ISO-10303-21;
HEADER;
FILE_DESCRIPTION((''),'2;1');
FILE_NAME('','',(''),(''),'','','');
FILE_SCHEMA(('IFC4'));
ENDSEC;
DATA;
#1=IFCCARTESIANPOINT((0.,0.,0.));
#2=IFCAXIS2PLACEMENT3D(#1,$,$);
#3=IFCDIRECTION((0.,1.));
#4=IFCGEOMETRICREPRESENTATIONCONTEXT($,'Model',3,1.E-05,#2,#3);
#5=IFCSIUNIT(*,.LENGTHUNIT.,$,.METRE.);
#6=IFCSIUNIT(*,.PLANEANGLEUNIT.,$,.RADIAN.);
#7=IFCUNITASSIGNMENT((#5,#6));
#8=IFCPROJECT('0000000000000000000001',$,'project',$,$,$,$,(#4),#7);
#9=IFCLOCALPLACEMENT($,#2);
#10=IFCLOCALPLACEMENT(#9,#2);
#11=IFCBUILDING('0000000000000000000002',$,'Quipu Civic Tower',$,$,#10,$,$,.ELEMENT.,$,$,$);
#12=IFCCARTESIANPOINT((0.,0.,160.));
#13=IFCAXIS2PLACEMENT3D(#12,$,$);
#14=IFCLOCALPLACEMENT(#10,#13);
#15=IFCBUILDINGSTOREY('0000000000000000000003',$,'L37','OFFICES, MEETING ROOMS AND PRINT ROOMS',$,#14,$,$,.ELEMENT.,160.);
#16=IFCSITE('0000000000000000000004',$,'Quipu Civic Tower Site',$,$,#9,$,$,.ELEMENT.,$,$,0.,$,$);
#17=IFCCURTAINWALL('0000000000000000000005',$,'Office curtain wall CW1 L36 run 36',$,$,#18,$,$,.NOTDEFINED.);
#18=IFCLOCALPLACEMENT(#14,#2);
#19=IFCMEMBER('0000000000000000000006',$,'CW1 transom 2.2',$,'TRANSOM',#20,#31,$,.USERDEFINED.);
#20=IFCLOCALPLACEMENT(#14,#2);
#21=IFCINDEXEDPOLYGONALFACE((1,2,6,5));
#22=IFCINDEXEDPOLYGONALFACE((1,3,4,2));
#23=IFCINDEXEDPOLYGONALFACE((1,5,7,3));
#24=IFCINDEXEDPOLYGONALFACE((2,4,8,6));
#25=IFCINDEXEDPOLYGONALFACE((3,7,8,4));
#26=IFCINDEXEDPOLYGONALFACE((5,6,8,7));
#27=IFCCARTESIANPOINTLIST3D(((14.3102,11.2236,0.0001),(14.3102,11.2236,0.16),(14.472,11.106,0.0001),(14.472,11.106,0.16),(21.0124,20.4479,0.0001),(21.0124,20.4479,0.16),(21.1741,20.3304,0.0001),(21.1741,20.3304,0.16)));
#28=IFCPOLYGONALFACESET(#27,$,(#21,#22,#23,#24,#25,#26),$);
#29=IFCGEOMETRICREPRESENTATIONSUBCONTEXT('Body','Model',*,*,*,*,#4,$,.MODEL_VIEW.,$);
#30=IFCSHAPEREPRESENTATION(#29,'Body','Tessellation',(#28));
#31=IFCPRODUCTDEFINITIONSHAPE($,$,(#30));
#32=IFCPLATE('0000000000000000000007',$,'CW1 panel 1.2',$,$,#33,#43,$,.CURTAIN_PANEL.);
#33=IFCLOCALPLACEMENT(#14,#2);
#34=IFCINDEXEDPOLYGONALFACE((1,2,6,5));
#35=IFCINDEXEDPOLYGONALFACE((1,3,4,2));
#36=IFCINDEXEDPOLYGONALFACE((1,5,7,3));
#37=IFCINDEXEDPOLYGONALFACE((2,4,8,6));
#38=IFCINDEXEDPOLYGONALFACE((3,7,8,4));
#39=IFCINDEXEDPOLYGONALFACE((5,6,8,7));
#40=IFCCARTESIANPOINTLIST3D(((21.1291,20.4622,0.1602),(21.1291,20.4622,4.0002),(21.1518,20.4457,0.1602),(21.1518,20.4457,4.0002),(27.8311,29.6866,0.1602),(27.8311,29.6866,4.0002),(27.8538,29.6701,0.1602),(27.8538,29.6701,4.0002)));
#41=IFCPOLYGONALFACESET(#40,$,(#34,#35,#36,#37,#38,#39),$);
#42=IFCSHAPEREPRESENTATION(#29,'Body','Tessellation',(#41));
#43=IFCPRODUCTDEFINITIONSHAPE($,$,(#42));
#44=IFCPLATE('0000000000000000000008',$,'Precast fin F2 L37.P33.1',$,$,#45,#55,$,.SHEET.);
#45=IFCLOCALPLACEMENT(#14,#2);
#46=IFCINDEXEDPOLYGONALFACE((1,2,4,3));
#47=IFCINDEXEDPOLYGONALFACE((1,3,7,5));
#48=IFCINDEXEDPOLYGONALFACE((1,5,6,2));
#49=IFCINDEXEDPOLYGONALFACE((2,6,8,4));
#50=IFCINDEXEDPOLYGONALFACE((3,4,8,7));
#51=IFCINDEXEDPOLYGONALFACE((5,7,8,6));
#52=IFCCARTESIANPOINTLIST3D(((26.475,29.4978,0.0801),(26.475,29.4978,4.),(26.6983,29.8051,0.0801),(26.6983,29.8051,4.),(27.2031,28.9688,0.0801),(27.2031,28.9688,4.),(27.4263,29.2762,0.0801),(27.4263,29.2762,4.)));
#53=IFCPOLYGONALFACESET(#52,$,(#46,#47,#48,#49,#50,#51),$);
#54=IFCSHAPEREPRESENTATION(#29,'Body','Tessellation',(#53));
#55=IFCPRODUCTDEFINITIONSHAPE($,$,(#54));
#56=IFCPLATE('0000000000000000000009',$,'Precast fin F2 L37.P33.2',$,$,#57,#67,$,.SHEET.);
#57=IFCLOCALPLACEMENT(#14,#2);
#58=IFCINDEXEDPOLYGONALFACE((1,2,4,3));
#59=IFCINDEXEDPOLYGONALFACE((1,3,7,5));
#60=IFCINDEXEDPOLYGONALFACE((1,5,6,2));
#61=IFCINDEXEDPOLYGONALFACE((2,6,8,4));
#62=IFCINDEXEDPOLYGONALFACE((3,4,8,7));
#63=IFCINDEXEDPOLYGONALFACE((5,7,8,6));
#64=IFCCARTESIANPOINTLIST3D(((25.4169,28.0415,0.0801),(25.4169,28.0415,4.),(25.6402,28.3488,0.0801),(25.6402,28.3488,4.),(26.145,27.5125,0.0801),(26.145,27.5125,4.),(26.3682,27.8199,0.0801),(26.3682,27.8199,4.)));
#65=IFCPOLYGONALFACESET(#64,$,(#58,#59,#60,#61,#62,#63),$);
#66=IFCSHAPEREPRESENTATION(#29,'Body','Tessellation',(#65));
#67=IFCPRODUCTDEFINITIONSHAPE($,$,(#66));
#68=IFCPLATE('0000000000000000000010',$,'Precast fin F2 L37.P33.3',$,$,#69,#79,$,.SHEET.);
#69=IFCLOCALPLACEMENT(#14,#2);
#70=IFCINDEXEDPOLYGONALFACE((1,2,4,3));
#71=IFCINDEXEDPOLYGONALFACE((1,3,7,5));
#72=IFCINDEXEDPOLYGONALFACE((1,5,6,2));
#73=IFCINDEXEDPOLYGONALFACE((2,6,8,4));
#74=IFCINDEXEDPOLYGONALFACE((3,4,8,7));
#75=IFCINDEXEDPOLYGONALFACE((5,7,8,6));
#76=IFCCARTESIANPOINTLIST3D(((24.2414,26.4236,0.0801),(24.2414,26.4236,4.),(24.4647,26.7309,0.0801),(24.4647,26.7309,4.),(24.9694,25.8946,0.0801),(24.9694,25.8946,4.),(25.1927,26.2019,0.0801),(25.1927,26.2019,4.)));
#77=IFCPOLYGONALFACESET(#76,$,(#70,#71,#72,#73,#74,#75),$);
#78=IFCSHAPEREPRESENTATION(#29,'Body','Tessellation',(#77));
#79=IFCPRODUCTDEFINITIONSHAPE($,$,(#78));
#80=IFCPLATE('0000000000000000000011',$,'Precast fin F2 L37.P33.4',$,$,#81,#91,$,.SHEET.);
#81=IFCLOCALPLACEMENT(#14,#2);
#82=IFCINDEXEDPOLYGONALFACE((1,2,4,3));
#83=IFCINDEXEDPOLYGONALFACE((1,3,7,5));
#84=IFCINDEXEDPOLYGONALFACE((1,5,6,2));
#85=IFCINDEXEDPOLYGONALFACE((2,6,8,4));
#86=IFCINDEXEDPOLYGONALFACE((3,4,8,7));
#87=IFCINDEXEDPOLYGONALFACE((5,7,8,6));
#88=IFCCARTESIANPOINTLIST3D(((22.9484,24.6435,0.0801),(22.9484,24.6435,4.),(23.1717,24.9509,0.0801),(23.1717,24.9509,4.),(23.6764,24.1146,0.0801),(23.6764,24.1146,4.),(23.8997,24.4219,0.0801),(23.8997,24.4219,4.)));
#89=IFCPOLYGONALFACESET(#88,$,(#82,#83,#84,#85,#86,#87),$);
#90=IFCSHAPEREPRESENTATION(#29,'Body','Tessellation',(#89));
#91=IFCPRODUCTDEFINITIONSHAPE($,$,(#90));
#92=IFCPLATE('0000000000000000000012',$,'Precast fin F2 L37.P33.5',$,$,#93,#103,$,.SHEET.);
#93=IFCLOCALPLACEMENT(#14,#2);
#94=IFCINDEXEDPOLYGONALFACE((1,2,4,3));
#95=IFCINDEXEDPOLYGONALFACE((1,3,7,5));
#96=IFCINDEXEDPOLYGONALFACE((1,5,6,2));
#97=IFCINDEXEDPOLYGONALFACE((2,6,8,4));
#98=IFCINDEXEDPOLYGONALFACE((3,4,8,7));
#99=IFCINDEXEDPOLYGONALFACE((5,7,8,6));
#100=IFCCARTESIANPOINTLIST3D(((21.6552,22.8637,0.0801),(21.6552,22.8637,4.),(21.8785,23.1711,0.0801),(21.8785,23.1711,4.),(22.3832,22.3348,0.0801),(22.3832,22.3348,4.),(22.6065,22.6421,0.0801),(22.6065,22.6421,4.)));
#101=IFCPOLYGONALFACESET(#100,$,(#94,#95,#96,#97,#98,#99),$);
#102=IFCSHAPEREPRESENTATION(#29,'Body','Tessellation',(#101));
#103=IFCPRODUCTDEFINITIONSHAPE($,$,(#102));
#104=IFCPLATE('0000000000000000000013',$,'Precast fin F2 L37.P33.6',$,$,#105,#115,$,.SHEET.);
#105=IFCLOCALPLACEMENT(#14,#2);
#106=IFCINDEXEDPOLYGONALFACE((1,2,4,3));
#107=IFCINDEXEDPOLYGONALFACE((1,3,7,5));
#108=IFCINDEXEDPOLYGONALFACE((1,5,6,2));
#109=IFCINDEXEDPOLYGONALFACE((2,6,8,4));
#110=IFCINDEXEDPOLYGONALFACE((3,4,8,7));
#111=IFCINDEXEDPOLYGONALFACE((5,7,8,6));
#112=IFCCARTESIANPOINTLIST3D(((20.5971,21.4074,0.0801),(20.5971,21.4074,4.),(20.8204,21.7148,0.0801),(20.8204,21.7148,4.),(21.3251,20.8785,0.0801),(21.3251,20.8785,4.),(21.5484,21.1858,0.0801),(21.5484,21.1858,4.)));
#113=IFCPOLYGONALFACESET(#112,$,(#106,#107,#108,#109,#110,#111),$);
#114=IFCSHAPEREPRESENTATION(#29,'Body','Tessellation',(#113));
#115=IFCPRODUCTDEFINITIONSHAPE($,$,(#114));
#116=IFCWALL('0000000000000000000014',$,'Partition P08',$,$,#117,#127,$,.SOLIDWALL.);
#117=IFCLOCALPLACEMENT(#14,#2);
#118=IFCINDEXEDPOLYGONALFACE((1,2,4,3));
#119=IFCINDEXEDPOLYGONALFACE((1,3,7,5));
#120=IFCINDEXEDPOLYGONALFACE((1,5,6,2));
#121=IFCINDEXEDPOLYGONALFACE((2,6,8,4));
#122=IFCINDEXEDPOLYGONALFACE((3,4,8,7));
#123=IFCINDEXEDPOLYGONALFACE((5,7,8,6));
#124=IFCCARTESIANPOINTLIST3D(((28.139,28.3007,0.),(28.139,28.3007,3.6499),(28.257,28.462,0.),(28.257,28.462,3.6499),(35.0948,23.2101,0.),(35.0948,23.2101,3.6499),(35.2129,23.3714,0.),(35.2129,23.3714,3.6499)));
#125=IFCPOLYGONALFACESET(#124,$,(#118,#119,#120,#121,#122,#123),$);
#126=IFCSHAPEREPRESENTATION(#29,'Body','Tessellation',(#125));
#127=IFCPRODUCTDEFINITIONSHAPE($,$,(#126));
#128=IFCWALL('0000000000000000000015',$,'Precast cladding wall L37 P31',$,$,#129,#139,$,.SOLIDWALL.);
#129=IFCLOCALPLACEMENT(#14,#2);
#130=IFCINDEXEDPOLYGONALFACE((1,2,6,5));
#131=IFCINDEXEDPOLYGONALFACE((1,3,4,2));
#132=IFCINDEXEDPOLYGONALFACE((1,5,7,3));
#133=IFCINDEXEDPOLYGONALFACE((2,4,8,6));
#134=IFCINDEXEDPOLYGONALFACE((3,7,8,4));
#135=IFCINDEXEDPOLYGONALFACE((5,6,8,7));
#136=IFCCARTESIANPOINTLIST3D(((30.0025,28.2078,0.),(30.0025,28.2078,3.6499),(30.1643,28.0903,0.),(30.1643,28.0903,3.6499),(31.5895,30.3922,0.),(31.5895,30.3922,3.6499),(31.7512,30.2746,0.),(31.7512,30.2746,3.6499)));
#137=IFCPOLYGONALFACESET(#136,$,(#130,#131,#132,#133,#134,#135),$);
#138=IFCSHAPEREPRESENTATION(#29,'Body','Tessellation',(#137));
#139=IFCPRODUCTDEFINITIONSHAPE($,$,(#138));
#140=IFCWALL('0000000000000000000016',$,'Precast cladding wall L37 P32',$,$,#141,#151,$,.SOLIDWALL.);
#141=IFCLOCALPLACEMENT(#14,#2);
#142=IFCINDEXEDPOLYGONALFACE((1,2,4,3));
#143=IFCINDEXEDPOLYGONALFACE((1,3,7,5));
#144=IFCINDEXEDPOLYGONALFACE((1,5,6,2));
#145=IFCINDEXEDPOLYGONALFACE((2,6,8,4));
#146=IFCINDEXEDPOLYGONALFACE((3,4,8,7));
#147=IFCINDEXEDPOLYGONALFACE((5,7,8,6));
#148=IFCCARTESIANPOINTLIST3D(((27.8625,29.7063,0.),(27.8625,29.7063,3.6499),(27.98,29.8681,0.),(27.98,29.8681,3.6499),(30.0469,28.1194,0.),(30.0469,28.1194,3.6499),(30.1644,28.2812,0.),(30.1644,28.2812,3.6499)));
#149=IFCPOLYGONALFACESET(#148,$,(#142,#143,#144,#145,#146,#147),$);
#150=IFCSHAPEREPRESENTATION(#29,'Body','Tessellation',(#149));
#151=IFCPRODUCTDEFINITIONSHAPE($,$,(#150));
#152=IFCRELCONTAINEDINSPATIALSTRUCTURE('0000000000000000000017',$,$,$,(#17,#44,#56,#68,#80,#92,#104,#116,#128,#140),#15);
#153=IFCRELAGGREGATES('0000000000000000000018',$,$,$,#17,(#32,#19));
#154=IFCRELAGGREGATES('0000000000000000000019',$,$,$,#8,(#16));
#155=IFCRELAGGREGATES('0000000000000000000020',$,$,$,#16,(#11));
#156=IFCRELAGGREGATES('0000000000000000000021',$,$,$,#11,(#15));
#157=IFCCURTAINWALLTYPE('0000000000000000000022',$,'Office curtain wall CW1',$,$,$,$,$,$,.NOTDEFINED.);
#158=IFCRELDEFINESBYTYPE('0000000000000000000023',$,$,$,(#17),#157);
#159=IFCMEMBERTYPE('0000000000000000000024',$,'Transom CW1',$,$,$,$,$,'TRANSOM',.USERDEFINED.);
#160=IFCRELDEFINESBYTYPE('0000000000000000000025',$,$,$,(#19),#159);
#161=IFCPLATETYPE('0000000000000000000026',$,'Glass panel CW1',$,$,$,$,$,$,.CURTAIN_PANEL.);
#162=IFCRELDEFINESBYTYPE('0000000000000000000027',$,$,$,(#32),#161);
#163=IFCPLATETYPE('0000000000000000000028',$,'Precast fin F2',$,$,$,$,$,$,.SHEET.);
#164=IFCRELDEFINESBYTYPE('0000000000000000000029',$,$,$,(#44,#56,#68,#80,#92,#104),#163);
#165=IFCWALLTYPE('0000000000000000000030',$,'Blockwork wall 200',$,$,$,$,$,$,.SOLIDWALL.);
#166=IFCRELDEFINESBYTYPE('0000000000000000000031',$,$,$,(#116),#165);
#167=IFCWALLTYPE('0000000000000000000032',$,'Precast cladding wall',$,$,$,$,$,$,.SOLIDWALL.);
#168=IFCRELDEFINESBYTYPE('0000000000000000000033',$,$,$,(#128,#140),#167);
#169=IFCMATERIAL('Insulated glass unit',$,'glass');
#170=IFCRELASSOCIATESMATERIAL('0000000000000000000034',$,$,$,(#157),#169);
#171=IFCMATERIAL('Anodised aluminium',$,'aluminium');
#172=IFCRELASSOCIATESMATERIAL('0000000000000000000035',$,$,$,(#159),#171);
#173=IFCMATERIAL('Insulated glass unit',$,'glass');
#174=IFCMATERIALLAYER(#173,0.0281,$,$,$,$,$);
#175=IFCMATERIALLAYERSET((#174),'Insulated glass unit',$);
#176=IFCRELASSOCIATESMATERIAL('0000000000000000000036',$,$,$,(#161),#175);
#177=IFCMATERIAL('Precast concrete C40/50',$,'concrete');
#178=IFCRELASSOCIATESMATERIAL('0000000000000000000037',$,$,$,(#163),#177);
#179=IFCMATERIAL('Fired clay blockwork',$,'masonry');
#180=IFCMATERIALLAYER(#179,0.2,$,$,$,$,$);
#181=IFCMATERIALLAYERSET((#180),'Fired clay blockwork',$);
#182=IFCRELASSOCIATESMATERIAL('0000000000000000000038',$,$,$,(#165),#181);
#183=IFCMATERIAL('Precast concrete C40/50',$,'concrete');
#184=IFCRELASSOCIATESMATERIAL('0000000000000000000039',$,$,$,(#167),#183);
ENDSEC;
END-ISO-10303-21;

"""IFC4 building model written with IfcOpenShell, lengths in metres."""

from ifc_helpers import new_model, si_unit, direction, frame, frame_2d, origin, origin_2d, place, context, subcontext, project, spatial, rectangle, extrude, material, layer, layer_set, material_profile, profile_set, type_object, element, aggregate, save


model = new_model("IFC4")

# Units and contexts
model_context = context("Model", 3, precision=1e-05, world=origin(), true_north=direction((0.0, 1.0)))
body_context = subcontext(model_context, "Body", "Model", "MODEL_VIEW")
ifc_project = project(units=[si_unit("LENGTHUNIT", "METRE"), si_unit("PLANEANGLEUNIT", "RADIAN")], contexts=[model_context])

# Site, building, storey
site_placement = place(None, origin())
site = spatial("IfcSite", under=ifc_project, at=site_placement, Name="Quipu Civic Tower Site", CompositionType="ELEMENT", RefElevation=0.0)
building_placement = place(site_placement, origin())
building = spatial("IfcBuilding", under=site, at=building_placement, Name="Quipu Civic Tower", CompositionType="ELEMENT")
storey_placement = place(building_placement, frame((0.0, 0.0, 160.0)))
storey = spatial("IfcBuildingStorey", under=building, at=storey_placement, Name="L37", Description="OFFICES, MEETING ROOMS AND PRINT ROOMS", CompositionType="ELEMENT", Elevation=160.0)

# Curtain wall
ifc_material_1 = material(Name="Insulated glass unit", Category="glass")
curtain_wall_type = type_object("IfcCurtainWallType", Name="Office curtain wall CW1", PredefinedType="NOTDEFINED", material=ifc_material_1)
curtain_wall_placement = place(storey_placement, origin())
curtain_wall = element("IfcCurtainWall", 1, at=curtain_wall_placement, inside=storey, type_object=curtain_wall_type, Name="Office curtain wall CW1 L36 run 36", PredefinedType="NOTDEFINED")

# Member
ifc_material_2 = material(Name="Anodised aluminium", Category="aluminium")
ifc_material_profile_1 = material_profile(ifc_material_2, rectangle(XDim=0.2, YDim=0.1599, at=origin_2d()), Name="RECT 200x160")
ifc_profile_set_1 = profile_set([ifc_material_profile_1], Name="Anodised aluminium")
member_type_1 = type_object("IfcMemberType", Name="Transom CW1", ElementType="TRANSOM", PredefinedType="USERDEFINED", material=ifc_profile_set_1)
member_1_placement = place(storey_placement, frame((21.0933, 20.3892, 0.0801), z_axis=(-0.5878, -0.809006, 0.0), x_axis=(0.809006, -0.5878, 0.0)))
member_1 = element("IfcMember", 2, at=member_1_placement, type_object=member_type_1, Name="CW1 transom 2.2", ObjectType="TRANSOM", PredefinedType="USERDEFINED", context=body_context, shape_type="SweptSolid", body=[
    extrude(rectangle(XDim=0.2, YDim=0.1599, at=origin_2d()), origin(), (0.0, 0.0, 1.0), 11.4021),
])

# Plate
ifc_material_3 = material(Name="Insulated glass unit", Category="glass")
ifc_layer_1 = layer(ifc_material_3, 0.0281)
ifc_layer_set_1 = layer_set([ifc_layer_1], Name="Insulated glass unit")
plate_type_1 = type_object("IfcPlateType", Name="Glass panel CW1", PredefinedType="CURTAIN_PANEL", material=ifc_layer_set_1)
plate_placement = place(storey_placement, frame((24.4915, 25.0662, 0.1602), z_axis=(0.0, 0.0, 1.0), x_axis=(-0.587789, -0.809014, 0.0)))
plate = element("IfcPlate", 3, at=plate_placement, type_object=plate_type_1, Name="CW1 panel 1.2", PredefinedType="CURTAIN_PANEL", context=body_context, shape_type="SweptSolid", body=[
    extrude(rectangle(XDim=11.4021, YDim=0.0281, at=origin_2d()), origin(), (0.0, 0.0, 1.0), 3.8401),
])
aggregate(curtain_wall, [plate, member_1])

# Plates
ifc_material_4 = material(Name="Precast concrete C40/50", Category="concrete")
plate_type_2 = type_object("IfcPlateType", Name="Precast fin F2", PredefinedType="SHEET", material=ifc_material_4)
for number, where, z_axis, x_axis, name in (
    (4, (26.9507, 29.387, 0.0801), (0.0, 0.0, 1.0), (-0.587787, -0.809016, 0.0), "Precast fin F2 L37.P33.1"),
    (5, (25.8926, 27.9307, 0.0801), (0.0, 0.0, 1.0), (-0.587787, -0.809016, 0.0), "Precast fin F2 L37.P33.2"),
    (6, (24.717, 26.3127, 0.0801), (0.0, 0.0, 1.0), (-0.587787, -0.809016, 0.0), "Precast fin F2 L37.P33.3"),
    (7, (23.4241, 24.5327, 0.0801), (0.0, 0.0, 1.0), (-0.587787, -0.809016, 0.0), "Precast fin F2 L37.P33.4"),
    (8, (22.1309, 22.7529, 0.0801), (0.0, 0.0, 1.0), (-0.587787, -0.809016, 0.0), "Precast fin F2 L37.P33.5"),
    (9, (21.0728, 21.2966, 0.0801), (0.0, 0.0, 1.0), (-0.587787, -0.809016, 0.0), "Precast fin F2 L37.P33.6"),
):
    element("IfcPlate", number, at=place(storey_placement, frame(where, z_axis=z_axis, x_axis=x_axis)), inside=storey, type_object=plate_type_2, Name=name, PredefinedType="SHEET", context=body_context, shape_type="SweptSolid", body=[
        extrude(rectangle(XDim=0.3799, YDim=0.8999, at=origin_2d()), origin(), (0.0, 0.0, 1.0), 3.9199),
    ])

# Walls
ifc_material_5 = material(Name="Fired clay blockwork", Category="masonry")
ifc_layer_2 = layer(ifc_material_5, 0.2)
ifc_layer_set_2 = layer_set([ifc_layer_2], Name="Fired clay blockwork")
wall_type_1 = type_object("IfcWallType", Name="Blockwork wall 200", PredefinedType="SOLIDWALL", material=ifc_layer_set_2)
wall_placement = place(storey_placement, frame((28.198, 28.3813, 0.0), z_axis=(0.0, 0.0, 1.0), x_axis=(0.806977, -0.590582, 0.0)))
element("IfcWall", 10, at=wall_placement, inside=storey, type_object=wall_type_1, Name="Partition P08", PredefinedType="SOLIDWALL", context=body_context, shape_type="SweptSolid", body=[
    extrude(rectangle(XDim=8.6196, YDim=0.2, at=frame_2d((4.3098, 0.0))), origin(), (0.0, 0.0, 1.0), 3.6499),
])
ifc_material_6 = material(Name="Precast concrete C40/50", Category="concrete")
wall_type_2 = type_object("IfcWallType", Name="Precast cladding wall", PredefinedType="SOLIDWALL", material=ifc_material_6)
for number, where, z_axis, x_axis, name in (
    (11, (31.6704, 30.3335, 0.0), (0.0, 0.0, 1.0), (-0.587763, -0.809033, 0.0), "Precast cladding wall L37 P31"),
    (12, (30.1057, 28.2002, 0.0), (0.0, 0.0, 1.0), (-0.809033, 0.587763, 0.0), "Precast cladding wall L37 P32"),
):
    element("IfcWall", number, at=place(storey_placement, frame(where, z_axis=z_axis, x_axis=x_axis)), inside=storey, type_object=wall_type_2, Name=name, PredefinedType="SOLIDWALL", context=body_context, shape_type="SweptSolid", body=[
        extrude(rectangle(XDim=2.7, YDim=0.2, at=frame_2d((1.3501, 0.0))), origin(), (0.0, 0.0, 1.0), 3.6499),
    ])

save(model, "model.ifc")
